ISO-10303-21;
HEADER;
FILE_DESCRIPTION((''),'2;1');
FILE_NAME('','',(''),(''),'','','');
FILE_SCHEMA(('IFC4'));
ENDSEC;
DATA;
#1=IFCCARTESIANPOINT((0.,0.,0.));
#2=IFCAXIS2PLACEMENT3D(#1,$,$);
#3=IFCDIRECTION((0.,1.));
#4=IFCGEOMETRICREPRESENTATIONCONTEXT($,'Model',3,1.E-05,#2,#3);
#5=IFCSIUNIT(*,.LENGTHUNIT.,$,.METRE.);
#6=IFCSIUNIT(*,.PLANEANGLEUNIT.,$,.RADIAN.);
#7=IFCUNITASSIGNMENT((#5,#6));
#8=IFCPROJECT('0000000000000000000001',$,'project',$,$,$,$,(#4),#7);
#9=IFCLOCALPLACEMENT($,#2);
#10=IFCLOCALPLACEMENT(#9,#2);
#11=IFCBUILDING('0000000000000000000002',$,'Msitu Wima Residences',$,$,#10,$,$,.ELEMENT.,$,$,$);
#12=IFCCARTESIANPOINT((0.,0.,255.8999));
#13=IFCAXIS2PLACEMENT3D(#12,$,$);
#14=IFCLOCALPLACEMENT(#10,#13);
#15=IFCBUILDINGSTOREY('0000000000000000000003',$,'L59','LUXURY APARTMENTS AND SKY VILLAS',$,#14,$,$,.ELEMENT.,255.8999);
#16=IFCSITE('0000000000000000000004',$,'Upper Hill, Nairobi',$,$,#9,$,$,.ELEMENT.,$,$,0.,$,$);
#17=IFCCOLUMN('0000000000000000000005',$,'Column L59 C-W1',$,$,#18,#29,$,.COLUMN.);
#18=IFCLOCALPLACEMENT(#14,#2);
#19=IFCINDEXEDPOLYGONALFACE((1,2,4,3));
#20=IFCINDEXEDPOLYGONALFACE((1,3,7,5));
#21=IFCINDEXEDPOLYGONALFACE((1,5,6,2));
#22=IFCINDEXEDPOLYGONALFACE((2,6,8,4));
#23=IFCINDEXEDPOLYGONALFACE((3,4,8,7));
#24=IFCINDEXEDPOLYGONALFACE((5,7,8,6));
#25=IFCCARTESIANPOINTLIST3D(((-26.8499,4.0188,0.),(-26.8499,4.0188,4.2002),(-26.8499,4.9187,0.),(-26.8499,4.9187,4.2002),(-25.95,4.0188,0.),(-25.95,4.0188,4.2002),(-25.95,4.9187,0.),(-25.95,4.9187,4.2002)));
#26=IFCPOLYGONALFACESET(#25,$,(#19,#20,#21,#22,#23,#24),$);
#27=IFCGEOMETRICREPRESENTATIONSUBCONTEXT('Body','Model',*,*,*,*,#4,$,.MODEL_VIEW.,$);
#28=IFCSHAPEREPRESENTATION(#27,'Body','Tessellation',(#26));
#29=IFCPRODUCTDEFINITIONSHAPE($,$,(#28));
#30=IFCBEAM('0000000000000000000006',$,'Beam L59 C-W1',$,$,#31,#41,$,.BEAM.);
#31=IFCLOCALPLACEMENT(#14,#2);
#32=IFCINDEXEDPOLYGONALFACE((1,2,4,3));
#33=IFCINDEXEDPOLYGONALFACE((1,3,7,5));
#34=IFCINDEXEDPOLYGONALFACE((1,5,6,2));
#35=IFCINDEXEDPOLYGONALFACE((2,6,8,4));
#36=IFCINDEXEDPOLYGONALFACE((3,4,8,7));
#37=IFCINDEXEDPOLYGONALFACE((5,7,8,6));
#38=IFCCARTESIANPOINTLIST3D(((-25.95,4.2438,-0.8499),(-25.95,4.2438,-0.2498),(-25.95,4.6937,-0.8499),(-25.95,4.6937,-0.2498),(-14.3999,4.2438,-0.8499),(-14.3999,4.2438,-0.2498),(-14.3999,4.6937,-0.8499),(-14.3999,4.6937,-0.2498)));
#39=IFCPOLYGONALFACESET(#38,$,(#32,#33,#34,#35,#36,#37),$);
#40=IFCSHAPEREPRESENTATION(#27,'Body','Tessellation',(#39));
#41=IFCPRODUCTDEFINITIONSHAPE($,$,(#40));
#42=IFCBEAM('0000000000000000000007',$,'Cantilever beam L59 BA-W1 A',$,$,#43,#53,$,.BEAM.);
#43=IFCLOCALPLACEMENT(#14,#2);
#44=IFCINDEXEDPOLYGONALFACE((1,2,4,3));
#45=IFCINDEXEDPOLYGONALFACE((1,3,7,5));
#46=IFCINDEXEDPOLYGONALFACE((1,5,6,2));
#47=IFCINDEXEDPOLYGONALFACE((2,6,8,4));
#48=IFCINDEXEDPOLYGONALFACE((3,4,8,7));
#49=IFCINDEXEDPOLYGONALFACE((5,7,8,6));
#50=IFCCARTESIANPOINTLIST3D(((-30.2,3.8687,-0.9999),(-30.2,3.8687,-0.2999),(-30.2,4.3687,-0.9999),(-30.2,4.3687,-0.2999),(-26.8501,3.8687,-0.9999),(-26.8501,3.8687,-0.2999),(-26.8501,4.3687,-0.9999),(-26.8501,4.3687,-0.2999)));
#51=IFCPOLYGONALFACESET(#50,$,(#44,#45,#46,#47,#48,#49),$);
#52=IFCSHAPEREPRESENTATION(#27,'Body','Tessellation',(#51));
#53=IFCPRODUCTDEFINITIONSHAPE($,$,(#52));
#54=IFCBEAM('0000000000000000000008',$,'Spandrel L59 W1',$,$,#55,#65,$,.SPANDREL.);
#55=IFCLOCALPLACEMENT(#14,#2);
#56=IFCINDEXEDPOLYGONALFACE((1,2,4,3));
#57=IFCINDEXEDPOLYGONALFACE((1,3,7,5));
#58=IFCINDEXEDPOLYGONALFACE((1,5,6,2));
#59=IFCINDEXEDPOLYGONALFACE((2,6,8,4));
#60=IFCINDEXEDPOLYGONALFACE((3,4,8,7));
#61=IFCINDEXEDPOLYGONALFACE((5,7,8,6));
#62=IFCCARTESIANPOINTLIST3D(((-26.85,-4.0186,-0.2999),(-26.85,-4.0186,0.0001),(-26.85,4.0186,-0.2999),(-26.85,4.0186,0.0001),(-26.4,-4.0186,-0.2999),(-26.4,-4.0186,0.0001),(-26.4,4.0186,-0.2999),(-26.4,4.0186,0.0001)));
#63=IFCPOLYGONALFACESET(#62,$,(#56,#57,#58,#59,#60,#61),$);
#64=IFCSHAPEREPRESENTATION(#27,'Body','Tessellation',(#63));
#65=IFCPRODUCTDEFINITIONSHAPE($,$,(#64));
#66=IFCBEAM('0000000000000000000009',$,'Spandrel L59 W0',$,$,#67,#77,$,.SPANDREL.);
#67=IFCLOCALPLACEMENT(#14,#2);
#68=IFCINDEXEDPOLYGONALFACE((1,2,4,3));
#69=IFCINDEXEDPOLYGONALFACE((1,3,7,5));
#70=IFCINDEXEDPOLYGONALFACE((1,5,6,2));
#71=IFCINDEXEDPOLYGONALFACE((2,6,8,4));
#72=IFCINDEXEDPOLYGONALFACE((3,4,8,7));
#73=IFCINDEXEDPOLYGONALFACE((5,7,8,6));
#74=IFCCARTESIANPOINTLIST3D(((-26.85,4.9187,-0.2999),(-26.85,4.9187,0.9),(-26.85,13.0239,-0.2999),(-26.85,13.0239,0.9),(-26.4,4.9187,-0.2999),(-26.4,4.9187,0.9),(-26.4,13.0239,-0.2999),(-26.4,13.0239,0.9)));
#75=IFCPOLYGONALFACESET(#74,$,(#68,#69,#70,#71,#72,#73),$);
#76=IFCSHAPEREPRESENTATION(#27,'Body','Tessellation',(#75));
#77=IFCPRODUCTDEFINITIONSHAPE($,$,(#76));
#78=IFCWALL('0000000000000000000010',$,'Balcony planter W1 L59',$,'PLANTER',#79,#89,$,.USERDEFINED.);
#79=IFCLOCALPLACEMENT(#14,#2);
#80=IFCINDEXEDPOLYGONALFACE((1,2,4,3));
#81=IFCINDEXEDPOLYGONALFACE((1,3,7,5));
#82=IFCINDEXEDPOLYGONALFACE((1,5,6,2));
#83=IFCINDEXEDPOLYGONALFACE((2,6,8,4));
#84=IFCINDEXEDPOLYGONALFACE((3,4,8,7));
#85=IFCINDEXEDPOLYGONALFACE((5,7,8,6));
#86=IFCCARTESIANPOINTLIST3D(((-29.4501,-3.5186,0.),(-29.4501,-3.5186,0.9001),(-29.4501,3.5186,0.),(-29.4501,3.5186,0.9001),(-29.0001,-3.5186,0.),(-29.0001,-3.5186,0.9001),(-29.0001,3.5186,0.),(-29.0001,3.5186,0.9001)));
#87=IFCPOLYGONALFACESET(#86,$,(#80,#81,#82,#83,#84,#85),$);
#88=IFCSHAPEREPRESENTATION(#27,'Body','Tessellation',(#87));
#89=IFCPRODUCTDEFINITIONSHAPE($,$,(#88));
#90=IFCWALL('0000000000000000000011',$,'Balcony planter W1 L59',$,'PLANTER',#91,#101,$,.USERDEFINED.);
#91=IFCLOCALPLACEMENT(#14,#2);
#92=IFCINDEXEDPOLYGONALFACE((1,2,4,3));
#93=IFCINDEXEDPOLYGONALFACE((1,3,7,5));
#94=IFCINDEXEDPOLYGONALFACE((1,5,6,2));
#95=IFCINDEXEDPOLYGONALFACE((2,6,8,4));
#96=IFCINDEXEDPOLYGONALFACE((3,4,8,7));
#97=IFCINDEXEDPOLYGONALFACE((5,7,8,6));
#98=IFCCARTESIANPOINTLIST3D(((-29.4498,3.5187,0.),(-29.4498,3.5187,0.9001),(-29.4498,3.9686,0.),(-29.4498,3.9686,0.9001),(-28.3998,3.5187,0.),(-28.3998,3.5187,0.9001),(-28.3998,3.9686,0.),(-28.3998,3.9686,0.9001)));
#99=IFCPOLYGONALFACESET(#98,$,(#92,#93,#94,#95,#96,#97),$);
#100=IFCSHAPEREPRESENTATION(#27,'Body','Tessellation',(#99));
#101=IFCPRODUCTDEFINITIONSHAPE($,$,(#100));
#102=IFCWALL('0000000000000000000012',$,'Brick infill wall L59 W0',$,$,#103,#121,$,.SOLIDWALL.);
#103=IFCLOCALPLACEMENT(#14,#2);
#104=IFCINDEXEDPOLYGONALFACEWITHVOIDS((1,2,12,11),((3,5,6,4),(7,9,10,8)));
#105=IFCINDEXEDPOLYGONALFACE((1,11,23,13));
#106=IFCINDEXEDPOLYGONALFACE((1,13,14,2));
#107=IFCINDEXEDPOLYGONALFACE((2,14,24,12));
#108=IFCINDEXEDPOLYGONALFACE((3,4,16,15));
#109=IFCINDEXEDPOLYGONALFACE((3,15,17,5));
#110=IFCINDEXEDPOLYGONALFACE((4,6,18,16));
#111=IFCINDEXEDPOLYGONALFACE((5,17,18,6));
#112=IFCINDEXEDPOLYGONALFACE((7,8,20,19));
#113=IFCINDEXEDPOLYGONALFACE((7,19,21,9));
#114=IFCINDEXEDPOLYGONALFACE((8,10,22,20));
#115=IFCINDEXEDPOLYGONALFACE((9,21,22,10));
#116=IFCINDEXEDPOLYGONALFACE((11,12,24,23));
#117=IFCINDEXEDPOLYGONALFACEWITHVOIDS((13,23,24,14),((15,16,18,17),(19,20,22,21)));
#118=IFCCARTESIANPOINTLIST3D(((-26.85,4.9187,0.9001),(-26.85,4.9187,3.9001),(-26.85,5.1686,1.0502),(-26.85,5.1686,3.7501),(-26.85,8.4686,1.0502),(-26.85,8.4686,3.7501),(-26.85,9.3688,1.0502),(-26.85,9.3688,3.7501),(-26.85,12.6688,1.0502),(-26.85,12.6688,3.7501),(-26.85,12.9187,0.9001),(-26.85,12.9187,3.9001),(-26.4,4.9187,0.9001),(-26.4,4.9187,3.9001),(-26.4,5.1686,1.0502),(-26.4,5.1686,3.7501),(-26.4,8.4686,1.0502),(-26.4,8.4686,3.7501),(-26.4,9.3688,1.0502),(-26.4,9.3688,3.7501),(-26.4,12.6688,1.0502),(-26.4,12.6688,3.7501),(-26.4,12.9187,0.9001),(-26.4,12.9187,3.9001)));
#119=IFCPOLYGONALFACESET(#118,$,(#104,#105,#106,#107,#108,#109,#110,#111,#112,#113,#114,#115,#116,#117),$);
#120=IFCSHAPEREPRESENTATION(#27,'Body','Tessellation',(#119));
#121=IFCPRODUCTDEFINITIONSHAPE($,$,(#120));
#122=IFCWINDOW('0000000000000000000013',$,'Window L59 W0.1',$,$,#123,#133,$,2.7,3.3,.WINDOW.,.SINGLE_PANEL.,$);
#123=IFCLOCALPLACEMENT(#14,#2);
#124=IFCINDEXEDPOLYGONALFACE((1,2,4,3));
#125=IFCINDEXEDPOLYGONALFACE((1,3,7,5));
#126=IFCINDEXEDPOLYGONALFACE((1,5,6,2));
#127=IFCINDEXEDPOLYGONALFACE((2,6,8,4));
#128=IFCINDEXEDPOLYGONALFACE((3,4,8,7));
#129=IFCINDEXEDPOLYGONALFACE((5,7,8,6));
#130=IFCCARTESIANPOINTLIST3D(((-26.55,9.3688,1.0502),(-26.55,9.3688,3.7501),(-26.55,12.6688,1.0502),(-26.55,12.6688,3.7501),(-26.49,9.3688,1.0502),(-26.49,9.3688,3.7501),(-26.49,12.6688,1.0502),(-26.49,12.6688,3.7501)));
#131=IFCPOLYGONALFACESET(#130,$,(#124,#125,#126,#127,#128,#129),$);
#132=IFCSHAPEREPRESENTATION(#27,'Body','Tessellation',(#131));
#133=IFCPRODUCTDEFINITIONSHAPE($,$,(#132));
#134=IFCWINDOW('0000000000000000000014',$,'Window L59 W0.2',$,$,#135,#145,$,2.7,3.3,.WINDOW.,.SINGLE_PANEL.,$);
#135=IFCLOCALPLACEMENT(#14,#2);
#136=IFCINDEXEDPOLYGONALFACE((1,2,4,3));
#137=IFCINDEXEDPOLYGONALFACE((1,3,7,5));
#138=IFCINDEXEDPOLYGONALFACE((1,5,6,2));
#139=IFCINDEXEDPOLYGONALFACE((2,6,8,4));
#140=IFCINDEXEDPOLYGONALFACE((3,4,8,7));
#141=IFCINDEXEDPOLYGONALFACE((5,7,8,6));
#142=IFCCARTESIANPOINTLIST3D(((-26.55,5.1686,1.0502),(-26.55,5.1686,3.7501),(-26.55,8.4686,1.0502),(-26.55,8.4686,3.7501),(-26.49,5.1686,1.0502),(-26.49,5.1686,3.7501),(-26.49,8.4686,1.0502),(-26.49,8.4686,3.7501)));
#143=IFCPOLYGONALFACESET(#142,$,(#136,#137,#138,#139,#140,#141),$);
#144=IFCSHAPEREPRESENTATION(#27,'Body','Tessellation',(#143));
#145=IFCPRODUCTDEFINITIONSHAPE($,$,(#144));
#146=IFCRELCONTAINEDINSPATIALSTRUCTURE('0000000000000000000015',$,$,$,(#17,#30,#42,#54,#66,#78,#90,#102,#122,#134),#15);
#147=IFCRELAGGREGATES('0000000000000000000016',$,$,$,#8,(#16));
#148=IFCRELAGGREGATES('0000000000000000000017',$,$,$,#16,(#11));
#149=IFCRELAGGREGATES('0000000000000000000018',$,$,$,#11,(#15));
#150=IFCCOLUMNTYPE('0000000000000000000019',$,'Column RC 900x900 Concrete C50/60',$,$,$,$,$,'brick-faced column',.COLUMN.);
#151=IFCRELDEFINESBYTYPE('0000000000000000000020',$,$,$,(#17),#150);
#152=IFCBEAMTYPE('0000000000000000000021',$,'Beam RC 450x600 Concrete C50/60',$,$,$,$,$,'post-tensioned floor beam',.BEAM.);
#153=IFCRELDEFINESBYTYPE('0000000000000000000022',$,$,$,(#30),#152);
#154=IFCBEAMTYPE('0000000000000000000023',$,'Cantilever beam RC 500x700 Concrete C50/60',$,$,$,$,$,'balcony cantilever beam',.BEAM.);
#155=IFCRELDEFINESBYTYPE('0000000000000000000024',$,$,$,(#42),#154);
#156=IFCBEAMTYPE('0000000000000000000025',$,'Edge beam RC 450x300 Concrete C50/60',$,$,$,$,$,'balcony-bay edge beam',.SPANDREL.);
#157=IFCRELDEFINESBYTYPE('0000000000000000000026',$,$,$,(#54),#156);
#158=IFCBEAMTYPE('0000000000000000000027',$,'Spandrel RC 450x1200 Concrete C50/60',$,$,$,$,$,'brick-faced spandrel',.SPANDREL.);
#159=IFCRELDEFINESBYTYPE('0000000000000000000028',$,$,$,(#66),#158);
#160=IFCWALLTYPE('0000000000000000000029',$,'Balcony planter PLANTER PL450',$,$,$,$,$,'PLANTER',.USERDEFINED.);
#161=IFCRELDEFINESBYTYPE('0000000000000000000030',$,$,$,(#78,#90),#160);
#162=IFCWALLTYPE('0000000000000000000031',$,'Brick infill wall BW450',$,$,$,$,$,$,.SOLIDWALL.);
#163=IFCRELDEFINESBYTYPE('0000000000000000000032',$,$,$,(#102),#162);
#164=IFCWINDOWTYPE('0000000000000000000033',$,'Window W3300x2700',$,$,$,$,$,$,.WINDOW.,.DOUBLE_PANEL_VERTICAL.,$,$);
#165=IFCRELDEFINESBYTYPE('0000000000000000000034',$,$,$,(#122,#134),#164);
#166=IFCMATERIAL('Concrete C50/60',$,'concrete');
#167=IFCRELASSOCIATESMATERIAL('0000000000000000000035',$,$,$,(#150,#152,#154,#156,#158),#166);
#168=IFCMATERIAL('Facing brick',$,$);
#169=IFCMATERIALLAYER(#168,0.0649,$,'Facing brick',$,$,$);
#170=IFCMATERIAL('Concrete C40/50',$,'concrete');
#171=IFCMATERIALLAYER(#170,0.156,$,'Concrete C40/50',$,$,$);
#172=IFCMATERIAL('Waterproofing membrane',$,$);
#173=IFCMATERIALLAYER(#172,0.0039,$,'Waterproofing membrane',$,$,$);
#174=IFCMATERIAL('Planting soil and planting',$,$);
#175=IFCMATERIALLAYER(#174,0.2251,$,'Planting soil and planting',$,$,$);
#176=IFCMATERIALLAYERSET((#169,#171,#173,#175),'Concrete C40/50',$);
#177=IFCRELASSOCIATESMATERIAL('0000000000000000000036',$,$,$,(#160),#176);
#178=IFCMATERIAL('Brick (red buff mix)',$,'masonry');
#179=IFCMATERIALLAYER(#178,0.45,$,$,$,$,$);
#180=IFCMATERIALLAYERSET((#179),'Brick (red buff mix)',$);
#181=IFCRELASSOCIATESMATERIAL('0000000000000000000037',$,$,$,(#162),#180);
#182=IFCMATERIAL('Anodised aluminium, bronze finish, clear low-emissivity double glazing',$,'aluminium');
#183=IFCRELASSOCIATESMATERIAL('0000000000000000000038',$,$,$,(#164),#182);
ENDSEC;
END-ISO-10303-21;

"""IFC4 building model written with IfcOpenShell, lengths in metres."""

from ifc_helpers import new_model, si_unit, direction, frame, frame_2d, origin, origin_2d, place, context, subcontext, project, spatial, rectangle, extrude, material, layer, layer_set, material_profile, profile_set, type_object, element, fill, save


model = new_model("IFC4")

# Units and contexts
model_context = context("Model", 3, precision=1e-05, world=origin(), true_north=direction((0.0, 1.0)))
body_context = subcontext(model_context, "Body", "Model", "MODEL_VIEW")
ifc_project = project(units=[si_unit("LENGTHUNIT", "METRE"), si_unit("PLANEANGLEUNIT", "RADIAN")], contexts=[model_context])

# Site, building, storey
site_placement = place(None, origin())
site = spatial("IfcSite", under=ifc_project, at=site_placement, Name="Upper Hill, Nairobi", CompositionType="ELEMENT", RefElevation=0.0)
building_placement = place(site_placement, origin())
building = spatial("IfcBuilding", under=site, at=building_placement, Name="Msitu Wima Residences", CompositionType="ELEMENT")
storey_placement = place(building_placement, frame((0.0, 0.0, 255.8999)))
storey = spatial("IfcBuildingStorey", under=building, at=storey_placement, Name="L59", Description="LUXURY APARTMENTS AND SKY VILLAS", CompositionType="ELEMENT", Elevation=255.8999)

# Column
ifc_material_1 = material(Name="Concrete C50/60", Category="concrete")
ifc_material_profile_1 = material_profile(ifc_material_1, rectangle(XDim=0.8999, YDim=0.8999, at=origin_2d()), Name="RC 900x900")
ifc_profile_set_1 = profile_set([ifc_material_profile_1], Name="Concrete C50/60")
column_type = type_object("IfcColumnType", Name="Column RC 900x900 Concrete C50/60", ElementType="brick-faced column", PredefinedType="COLUMN", material=ifc_profile_set_1)
column_placement = place(storey_placement, frame((-26.3999, 4.4688, 0.0), z_axis=(0.0, 0.0, 1.0), x_axis=(0.0, -1.0, 0.0)))
element("IfcColumn", 1, at=column_placement, inside=storey, type_object=column_type, Name="Column L59 C-W1", PredefinedType="COLUMN", context=body_context, shape_type="SweptSolid", body=[
    extrude(rectangle(XDim=0.8999, YDim=0.8999, at=origin_2d()), origin(), (0.0, 0.0, 1.0), 4.2002),
])

# Beams
ifc_material_profile_2 = material_profile(ifc_material_1, rectangle(XDim=0.45, YDim=0.6001, at=origin_2d()), Name="RC 450x600")
ifc_profile_set_2 = profile_set([ifc_material_profile_2], Name="Concrete C50/60")
beam_type_1 = type_object("IfcBeamType", Name="Beam RC 450x600 Concrete C50/60", ElementType="post-tensioned floor beam", PredefinedType="BEAM", material=ifc_profile_set_2)
beam_1_placement = place(storey_placement, frame((-25.95, 4.4688, -0.5498), z_axis=(1.0, 0.0, 0.0), x_axis=(0.0, 1.0, 0.0)))
element("IfcBeam", 2, at=beam_1_placement, inside=storey, type_object=beam_type_1, Name="Beam L59 C-W1", PredefinedType="BEAM", context=body_context, shape_type="SweptSolid", body=[
    extrude(rectangle(XDim=0.45, YDim=0.6001, at=origin_2d()), origin(), (0.0, 0.0, 1.0), 11.55),
])
ifc_material_profile_3 = material_profile(ifc_material_1, rectangle(XDim=0.5, YDim=0.7, at=origin_2d()), Name="RC 500x700")
ifc_profile_set_3 = profile_set([ifc_material_profile_3], Name="Concrete C50/60")
beam_type_2 = type_object("IfcBeamType", Name="Cantilever beam RC 500x700 Concrete C50/60", ElementType="balcony cantilever beam", PredefinedType="BEAM", material=ifc_profile_set_3)
beam_2_placement = place(storey_placement, frame((-26.8501, 4.1187, -0.6499), z_axis=(-1.0, 0.0, 0.0), x_axis=(0.0, -1.0, 0.0)))
element("IfcBeam", 3, at=beam_2_placement, inside=storey, type_object=beam_type_2, Name="Cantilever beam L59 BA-W1 A", PredefinedType="BEAM", context=body_context, shape_type="SweptSolid", body=[
    extrude(rectangle(XDim=0.5, YDim=0.7, at=origin_2d()), origin(), (0.0, 0.0, 1.0), 3.3499),
])
ifc_material_profile_4 = material_profile(ifc_material_1, rectangle(XDim=0.45, YDim=0.3, at=origin_2d()), Name="RC 450x300")
ifc_profile_set_4 = profile_set([ifc_material_profile_4], Name="Concrete C50/60")
beam_type_3 = type_object("IfcBeamType", Name="Edge beam RC 450x300 Concrete C50/60", ElementType="balcony-bay edge beam", PredefinedType="SPANDREL", material=ifc_profile_set_4)
beam_3_placement = place(storey_placement, frame((-26.625, 4.0186, -0.1499), z_axis=(0.0, -1.0, 0.0), x_axis=(1.0, 0.0, 0.0)))
element("IfcBeam", 4, at=beam_3_placement, inside=storey, type_object=beam_type_3, Name="Spandrel L59 W1", PredefinedType="SPANDREL", context=body_context, shape_type="SweptSolid", body=[
    extrude(rectangle(XDim=0.45, YDim=0.3, at=origin_2d()), origin(), (0.0, 0.0, 1.0), 8.0371),
])
ifc_material_profile_5 = material_profile(ifc_material_1, rectangle(XDim=0.45, YDim=1.2, at=origin_2d()), Name="RC 450x1200")
ifc_profile_set_5 = profile_set([ifc_material_profile_5], Name="Concrete C50/60")
beam_type_4 = type_object("IfcBeamType", Name="Spandrel RC 450x1200 Concrete C50/60", ElementType="brick-faced spandrel", PredefinedType="SPANDREL", material=ifc_profile_set_5)
beam_4_placement = place(storey_placement, frame((-26.625, 13.0239, 0.3), z_axis=(0.0, -1.0, 0.0), x_axis=(1.0, 0.0, 0.0)))
element("IfcBeam", 5, at=beam_4_placement, inside=storey, type_object=beam_type_4, Name="Spandrel L59 W0", PredefinedType="SPANDREL", context=body_context, shape_type="SweptSolid", body=[
    extrude(rectangle(XDim=0.45, YDim=1.2, at=origin_2d()), origin(), (0.0, 0.0, 1.0), 8.1052),
])

# Walls
ifc_material_2 = material(Name="Facing brick")
ifc_layer_1 = layer(ifc_material_2, 0.0649, Name="Facing brick")
ifc_material_3 = material(Name="Concrete C40/50", Category="concrete")
ifc_layer_2 = layer(ifc_material_3, 0.156, Name="Concrete C40/50")
ifc_material_4 = material(Name="Waterproofing membrane")
ifc_layer_3 = layer(ifc_material_4, 0.0039, Name="Waterproofing membrane")
ifc_material_5 = material(Name="Planting soil and planting")
ifc_layer_4 = layer(ifc_material_5, 0.2251, Name="Planting soil and planting")
ifc_layer_set_1 = layer_set([ifc_layer_1, ifc_layer_2, ifc_layer_3, ifc_layer_4], Name="Concrete C40/50")
wall_type_1 = type_object("IfcWallType", Name="Balcony planter PLANTER PL450", ElementType="PLANTER", PredefinedType="USERDEFINED", material=ifc_layer_set_1)
wall_1_placement = place(storey_placement, frame((-29.2251, 3.5186, 0.0), z_axis=(0.0, 0.0, 1.0), x_axis=(0.0, -1.0, 0.0)))
element("IfcWall", 6, at=wall_1_placement, inside=storey, type_object=wall_type_1, Name="Balcony planter W1 L59", ObjectType="PLANTER", PredefinedType="USERDEFINED", context=body_context, shape_type="SweptSolid", body=[
    extrude(rectangle(XDim=7.0371, YDim=0.45, at=frame_2d((3.5186, 0.0))), origin(), (0.0, 0.0, 1.0), 0.9001),
])
wall_2_placement = place(storey_placement, frame((-28.3999, 3.7437, 0.0), z_axis=(0.0, 0.0, 1.0), x_axis=(-1.0, 0.0, 0.0)))
element("IfcWall", 7, at=wall_2_placement, inside=storey, type_object=wall_type_1, Name="Balcony planter W1 L59", ObjectType="PLANTER", PredefinedType="USERDEFINED", context=body_context, shape_type="SweptSolid", body=[
    extrude(rectangle(XDim=1.05, YDim=0.45, at=frame_2d((0.5249, 0.0))), origin(), (0.0, 0.0, 1.0), 0.9001),
])

# Wall, openings, windows
ifc_material_6 = material(Name="Brick (red buff mix)", Category="masonry")
ifc_layer_5 = layer(ifc_material_6, 0.45)
ifc_layer_set_2 = layer_set([ifc_layer_5], Name="Brick (red buff mix)")
wall_type_2 = type_object("IfcWallType", Name="Brick infill wall BW450", PredefinedType="SOLIDWALL", material=ifc_layer_set_2)
wall_3_placement = place(storey_placement, frame((-26.625, 12.9187, 0.9001), z_axis=(0.0, 0.0, 1.0), x_axis=(0.0, -1.0, 0.0)))
wall_3 = element("IfcWall", 8, at=wall_3_placement, inside=storey, type_object=wall_type_2, Name="Brick infill wall L59 W0", PredefinedType="SOLIDWALL", context=body_context, shape_type="SweptSolid", body=[
    extrude(rectangle(XDim=8.0, YDim=0.45, at=frame_2d((4.0, 0.0))), origin(), (0.0, 0.0, 1.0), 3.0),
])
opening_1_placement = place(wall_3_placement, frame((0.25, 0.0, 0.1499)))
opening_1 = element("IfcOpeningElement", 9, at=opening_1_placement, cuts=wall_3, PredefinedType="OPENING", context=body_context, shape_type="SweptSolid", body=[
    extrude(rectangle(XDim=3.3, YDim=2.7, at=frame_2d((1.6499, 1.3501))), frame((0.0, 0.2349, 0.0), z_axis=(0.0, -1.0, 0.0), x_axis=(1.0, 0.0, 0.0)), (0.0, 0.0, 1.0), 0.47),
])
opening_2_placement = place(wall_3_placement, frame((4.4502, 0.0, 0.1499)))
opening_2 = element("IfcOpeningElement", 10, at=opening_2_placement, cuts=wall_3, PredefinedType="OPENING", context=body_context, shape_type="SweptSolid", body=[
    extrude(rectangle(XDim=3.3, YDim=2.7, at=frame_2d((1.6499, 1.3501))), frame((0.0, 0.2349, 0.0), z_axis=(0.0, -1.0, 0.0), x_axis=(1.0, 0.0, 0.0)), (0.0, 0.0, 1.0), 0.47),
])
ifc_material_7 = material(Name="Anodised aluminium, bronze finish, clear low-emissivity double glazing", Category="aluminium")
window_type = type_object("IfcWindowType", Name="Window W3300x2700", PartitioningType="DOUBLE_PANEL_VERTICAL", PredefinedType="WINDOW", material=ifc_material_7)
window_1_placement = place(opening_1_placement, origin())
window_1 = element("IfcWindow", 11, at=window_1_placement, inside=storey, type_object=window_type, Name="Window L59 W0.1", OverallHeight=2.7, OverallWidth=3.3, PartitioningType="SINGLE_PANEL", PredefinedType="WINDOW", context=body_context, shape_type="SweptSolid", body=[
    extrude(rectangle(XDim=3.3, YDim=2.7, at=frame_2d((1.6499, 1.3501))), frame((0.0, 0.135, 0.0), z_axis=(0.0, -1.0, 0.0), x_axis=(1.0, 0.0, 0.0)), (0.0, 0.0, 1.0), 0.0601),
])
fill(opening_1, window_1)
window_2_placement = place(opening_2_placement, origin())
window_2 = element("IfcWindow", 12, at=window_2_placement, inside=storey, type_object=window_type, Name="Window L59 W0.2", OverallHeight=2.7, OverallWidth=3.3, PartitioningType="SINGLE_PANEL", PredefinedType="WINDOW", context=body_context, shape_type="SweptSolid", body=[
    extrude(rectangle(XDim=3.3, YDim=2.7, at=frame_2d((1.6499, 1.3501))), frame((0.0, 0.135, 0.0), z_axis=(0.0, -1.0, 0.0), x_axis=(1.0, 0.0, 0.0)), (0.0, 0.0, 1.0), 0.0601),
])
fill(opening_2, window_2)

save(model, "model.ifc")
